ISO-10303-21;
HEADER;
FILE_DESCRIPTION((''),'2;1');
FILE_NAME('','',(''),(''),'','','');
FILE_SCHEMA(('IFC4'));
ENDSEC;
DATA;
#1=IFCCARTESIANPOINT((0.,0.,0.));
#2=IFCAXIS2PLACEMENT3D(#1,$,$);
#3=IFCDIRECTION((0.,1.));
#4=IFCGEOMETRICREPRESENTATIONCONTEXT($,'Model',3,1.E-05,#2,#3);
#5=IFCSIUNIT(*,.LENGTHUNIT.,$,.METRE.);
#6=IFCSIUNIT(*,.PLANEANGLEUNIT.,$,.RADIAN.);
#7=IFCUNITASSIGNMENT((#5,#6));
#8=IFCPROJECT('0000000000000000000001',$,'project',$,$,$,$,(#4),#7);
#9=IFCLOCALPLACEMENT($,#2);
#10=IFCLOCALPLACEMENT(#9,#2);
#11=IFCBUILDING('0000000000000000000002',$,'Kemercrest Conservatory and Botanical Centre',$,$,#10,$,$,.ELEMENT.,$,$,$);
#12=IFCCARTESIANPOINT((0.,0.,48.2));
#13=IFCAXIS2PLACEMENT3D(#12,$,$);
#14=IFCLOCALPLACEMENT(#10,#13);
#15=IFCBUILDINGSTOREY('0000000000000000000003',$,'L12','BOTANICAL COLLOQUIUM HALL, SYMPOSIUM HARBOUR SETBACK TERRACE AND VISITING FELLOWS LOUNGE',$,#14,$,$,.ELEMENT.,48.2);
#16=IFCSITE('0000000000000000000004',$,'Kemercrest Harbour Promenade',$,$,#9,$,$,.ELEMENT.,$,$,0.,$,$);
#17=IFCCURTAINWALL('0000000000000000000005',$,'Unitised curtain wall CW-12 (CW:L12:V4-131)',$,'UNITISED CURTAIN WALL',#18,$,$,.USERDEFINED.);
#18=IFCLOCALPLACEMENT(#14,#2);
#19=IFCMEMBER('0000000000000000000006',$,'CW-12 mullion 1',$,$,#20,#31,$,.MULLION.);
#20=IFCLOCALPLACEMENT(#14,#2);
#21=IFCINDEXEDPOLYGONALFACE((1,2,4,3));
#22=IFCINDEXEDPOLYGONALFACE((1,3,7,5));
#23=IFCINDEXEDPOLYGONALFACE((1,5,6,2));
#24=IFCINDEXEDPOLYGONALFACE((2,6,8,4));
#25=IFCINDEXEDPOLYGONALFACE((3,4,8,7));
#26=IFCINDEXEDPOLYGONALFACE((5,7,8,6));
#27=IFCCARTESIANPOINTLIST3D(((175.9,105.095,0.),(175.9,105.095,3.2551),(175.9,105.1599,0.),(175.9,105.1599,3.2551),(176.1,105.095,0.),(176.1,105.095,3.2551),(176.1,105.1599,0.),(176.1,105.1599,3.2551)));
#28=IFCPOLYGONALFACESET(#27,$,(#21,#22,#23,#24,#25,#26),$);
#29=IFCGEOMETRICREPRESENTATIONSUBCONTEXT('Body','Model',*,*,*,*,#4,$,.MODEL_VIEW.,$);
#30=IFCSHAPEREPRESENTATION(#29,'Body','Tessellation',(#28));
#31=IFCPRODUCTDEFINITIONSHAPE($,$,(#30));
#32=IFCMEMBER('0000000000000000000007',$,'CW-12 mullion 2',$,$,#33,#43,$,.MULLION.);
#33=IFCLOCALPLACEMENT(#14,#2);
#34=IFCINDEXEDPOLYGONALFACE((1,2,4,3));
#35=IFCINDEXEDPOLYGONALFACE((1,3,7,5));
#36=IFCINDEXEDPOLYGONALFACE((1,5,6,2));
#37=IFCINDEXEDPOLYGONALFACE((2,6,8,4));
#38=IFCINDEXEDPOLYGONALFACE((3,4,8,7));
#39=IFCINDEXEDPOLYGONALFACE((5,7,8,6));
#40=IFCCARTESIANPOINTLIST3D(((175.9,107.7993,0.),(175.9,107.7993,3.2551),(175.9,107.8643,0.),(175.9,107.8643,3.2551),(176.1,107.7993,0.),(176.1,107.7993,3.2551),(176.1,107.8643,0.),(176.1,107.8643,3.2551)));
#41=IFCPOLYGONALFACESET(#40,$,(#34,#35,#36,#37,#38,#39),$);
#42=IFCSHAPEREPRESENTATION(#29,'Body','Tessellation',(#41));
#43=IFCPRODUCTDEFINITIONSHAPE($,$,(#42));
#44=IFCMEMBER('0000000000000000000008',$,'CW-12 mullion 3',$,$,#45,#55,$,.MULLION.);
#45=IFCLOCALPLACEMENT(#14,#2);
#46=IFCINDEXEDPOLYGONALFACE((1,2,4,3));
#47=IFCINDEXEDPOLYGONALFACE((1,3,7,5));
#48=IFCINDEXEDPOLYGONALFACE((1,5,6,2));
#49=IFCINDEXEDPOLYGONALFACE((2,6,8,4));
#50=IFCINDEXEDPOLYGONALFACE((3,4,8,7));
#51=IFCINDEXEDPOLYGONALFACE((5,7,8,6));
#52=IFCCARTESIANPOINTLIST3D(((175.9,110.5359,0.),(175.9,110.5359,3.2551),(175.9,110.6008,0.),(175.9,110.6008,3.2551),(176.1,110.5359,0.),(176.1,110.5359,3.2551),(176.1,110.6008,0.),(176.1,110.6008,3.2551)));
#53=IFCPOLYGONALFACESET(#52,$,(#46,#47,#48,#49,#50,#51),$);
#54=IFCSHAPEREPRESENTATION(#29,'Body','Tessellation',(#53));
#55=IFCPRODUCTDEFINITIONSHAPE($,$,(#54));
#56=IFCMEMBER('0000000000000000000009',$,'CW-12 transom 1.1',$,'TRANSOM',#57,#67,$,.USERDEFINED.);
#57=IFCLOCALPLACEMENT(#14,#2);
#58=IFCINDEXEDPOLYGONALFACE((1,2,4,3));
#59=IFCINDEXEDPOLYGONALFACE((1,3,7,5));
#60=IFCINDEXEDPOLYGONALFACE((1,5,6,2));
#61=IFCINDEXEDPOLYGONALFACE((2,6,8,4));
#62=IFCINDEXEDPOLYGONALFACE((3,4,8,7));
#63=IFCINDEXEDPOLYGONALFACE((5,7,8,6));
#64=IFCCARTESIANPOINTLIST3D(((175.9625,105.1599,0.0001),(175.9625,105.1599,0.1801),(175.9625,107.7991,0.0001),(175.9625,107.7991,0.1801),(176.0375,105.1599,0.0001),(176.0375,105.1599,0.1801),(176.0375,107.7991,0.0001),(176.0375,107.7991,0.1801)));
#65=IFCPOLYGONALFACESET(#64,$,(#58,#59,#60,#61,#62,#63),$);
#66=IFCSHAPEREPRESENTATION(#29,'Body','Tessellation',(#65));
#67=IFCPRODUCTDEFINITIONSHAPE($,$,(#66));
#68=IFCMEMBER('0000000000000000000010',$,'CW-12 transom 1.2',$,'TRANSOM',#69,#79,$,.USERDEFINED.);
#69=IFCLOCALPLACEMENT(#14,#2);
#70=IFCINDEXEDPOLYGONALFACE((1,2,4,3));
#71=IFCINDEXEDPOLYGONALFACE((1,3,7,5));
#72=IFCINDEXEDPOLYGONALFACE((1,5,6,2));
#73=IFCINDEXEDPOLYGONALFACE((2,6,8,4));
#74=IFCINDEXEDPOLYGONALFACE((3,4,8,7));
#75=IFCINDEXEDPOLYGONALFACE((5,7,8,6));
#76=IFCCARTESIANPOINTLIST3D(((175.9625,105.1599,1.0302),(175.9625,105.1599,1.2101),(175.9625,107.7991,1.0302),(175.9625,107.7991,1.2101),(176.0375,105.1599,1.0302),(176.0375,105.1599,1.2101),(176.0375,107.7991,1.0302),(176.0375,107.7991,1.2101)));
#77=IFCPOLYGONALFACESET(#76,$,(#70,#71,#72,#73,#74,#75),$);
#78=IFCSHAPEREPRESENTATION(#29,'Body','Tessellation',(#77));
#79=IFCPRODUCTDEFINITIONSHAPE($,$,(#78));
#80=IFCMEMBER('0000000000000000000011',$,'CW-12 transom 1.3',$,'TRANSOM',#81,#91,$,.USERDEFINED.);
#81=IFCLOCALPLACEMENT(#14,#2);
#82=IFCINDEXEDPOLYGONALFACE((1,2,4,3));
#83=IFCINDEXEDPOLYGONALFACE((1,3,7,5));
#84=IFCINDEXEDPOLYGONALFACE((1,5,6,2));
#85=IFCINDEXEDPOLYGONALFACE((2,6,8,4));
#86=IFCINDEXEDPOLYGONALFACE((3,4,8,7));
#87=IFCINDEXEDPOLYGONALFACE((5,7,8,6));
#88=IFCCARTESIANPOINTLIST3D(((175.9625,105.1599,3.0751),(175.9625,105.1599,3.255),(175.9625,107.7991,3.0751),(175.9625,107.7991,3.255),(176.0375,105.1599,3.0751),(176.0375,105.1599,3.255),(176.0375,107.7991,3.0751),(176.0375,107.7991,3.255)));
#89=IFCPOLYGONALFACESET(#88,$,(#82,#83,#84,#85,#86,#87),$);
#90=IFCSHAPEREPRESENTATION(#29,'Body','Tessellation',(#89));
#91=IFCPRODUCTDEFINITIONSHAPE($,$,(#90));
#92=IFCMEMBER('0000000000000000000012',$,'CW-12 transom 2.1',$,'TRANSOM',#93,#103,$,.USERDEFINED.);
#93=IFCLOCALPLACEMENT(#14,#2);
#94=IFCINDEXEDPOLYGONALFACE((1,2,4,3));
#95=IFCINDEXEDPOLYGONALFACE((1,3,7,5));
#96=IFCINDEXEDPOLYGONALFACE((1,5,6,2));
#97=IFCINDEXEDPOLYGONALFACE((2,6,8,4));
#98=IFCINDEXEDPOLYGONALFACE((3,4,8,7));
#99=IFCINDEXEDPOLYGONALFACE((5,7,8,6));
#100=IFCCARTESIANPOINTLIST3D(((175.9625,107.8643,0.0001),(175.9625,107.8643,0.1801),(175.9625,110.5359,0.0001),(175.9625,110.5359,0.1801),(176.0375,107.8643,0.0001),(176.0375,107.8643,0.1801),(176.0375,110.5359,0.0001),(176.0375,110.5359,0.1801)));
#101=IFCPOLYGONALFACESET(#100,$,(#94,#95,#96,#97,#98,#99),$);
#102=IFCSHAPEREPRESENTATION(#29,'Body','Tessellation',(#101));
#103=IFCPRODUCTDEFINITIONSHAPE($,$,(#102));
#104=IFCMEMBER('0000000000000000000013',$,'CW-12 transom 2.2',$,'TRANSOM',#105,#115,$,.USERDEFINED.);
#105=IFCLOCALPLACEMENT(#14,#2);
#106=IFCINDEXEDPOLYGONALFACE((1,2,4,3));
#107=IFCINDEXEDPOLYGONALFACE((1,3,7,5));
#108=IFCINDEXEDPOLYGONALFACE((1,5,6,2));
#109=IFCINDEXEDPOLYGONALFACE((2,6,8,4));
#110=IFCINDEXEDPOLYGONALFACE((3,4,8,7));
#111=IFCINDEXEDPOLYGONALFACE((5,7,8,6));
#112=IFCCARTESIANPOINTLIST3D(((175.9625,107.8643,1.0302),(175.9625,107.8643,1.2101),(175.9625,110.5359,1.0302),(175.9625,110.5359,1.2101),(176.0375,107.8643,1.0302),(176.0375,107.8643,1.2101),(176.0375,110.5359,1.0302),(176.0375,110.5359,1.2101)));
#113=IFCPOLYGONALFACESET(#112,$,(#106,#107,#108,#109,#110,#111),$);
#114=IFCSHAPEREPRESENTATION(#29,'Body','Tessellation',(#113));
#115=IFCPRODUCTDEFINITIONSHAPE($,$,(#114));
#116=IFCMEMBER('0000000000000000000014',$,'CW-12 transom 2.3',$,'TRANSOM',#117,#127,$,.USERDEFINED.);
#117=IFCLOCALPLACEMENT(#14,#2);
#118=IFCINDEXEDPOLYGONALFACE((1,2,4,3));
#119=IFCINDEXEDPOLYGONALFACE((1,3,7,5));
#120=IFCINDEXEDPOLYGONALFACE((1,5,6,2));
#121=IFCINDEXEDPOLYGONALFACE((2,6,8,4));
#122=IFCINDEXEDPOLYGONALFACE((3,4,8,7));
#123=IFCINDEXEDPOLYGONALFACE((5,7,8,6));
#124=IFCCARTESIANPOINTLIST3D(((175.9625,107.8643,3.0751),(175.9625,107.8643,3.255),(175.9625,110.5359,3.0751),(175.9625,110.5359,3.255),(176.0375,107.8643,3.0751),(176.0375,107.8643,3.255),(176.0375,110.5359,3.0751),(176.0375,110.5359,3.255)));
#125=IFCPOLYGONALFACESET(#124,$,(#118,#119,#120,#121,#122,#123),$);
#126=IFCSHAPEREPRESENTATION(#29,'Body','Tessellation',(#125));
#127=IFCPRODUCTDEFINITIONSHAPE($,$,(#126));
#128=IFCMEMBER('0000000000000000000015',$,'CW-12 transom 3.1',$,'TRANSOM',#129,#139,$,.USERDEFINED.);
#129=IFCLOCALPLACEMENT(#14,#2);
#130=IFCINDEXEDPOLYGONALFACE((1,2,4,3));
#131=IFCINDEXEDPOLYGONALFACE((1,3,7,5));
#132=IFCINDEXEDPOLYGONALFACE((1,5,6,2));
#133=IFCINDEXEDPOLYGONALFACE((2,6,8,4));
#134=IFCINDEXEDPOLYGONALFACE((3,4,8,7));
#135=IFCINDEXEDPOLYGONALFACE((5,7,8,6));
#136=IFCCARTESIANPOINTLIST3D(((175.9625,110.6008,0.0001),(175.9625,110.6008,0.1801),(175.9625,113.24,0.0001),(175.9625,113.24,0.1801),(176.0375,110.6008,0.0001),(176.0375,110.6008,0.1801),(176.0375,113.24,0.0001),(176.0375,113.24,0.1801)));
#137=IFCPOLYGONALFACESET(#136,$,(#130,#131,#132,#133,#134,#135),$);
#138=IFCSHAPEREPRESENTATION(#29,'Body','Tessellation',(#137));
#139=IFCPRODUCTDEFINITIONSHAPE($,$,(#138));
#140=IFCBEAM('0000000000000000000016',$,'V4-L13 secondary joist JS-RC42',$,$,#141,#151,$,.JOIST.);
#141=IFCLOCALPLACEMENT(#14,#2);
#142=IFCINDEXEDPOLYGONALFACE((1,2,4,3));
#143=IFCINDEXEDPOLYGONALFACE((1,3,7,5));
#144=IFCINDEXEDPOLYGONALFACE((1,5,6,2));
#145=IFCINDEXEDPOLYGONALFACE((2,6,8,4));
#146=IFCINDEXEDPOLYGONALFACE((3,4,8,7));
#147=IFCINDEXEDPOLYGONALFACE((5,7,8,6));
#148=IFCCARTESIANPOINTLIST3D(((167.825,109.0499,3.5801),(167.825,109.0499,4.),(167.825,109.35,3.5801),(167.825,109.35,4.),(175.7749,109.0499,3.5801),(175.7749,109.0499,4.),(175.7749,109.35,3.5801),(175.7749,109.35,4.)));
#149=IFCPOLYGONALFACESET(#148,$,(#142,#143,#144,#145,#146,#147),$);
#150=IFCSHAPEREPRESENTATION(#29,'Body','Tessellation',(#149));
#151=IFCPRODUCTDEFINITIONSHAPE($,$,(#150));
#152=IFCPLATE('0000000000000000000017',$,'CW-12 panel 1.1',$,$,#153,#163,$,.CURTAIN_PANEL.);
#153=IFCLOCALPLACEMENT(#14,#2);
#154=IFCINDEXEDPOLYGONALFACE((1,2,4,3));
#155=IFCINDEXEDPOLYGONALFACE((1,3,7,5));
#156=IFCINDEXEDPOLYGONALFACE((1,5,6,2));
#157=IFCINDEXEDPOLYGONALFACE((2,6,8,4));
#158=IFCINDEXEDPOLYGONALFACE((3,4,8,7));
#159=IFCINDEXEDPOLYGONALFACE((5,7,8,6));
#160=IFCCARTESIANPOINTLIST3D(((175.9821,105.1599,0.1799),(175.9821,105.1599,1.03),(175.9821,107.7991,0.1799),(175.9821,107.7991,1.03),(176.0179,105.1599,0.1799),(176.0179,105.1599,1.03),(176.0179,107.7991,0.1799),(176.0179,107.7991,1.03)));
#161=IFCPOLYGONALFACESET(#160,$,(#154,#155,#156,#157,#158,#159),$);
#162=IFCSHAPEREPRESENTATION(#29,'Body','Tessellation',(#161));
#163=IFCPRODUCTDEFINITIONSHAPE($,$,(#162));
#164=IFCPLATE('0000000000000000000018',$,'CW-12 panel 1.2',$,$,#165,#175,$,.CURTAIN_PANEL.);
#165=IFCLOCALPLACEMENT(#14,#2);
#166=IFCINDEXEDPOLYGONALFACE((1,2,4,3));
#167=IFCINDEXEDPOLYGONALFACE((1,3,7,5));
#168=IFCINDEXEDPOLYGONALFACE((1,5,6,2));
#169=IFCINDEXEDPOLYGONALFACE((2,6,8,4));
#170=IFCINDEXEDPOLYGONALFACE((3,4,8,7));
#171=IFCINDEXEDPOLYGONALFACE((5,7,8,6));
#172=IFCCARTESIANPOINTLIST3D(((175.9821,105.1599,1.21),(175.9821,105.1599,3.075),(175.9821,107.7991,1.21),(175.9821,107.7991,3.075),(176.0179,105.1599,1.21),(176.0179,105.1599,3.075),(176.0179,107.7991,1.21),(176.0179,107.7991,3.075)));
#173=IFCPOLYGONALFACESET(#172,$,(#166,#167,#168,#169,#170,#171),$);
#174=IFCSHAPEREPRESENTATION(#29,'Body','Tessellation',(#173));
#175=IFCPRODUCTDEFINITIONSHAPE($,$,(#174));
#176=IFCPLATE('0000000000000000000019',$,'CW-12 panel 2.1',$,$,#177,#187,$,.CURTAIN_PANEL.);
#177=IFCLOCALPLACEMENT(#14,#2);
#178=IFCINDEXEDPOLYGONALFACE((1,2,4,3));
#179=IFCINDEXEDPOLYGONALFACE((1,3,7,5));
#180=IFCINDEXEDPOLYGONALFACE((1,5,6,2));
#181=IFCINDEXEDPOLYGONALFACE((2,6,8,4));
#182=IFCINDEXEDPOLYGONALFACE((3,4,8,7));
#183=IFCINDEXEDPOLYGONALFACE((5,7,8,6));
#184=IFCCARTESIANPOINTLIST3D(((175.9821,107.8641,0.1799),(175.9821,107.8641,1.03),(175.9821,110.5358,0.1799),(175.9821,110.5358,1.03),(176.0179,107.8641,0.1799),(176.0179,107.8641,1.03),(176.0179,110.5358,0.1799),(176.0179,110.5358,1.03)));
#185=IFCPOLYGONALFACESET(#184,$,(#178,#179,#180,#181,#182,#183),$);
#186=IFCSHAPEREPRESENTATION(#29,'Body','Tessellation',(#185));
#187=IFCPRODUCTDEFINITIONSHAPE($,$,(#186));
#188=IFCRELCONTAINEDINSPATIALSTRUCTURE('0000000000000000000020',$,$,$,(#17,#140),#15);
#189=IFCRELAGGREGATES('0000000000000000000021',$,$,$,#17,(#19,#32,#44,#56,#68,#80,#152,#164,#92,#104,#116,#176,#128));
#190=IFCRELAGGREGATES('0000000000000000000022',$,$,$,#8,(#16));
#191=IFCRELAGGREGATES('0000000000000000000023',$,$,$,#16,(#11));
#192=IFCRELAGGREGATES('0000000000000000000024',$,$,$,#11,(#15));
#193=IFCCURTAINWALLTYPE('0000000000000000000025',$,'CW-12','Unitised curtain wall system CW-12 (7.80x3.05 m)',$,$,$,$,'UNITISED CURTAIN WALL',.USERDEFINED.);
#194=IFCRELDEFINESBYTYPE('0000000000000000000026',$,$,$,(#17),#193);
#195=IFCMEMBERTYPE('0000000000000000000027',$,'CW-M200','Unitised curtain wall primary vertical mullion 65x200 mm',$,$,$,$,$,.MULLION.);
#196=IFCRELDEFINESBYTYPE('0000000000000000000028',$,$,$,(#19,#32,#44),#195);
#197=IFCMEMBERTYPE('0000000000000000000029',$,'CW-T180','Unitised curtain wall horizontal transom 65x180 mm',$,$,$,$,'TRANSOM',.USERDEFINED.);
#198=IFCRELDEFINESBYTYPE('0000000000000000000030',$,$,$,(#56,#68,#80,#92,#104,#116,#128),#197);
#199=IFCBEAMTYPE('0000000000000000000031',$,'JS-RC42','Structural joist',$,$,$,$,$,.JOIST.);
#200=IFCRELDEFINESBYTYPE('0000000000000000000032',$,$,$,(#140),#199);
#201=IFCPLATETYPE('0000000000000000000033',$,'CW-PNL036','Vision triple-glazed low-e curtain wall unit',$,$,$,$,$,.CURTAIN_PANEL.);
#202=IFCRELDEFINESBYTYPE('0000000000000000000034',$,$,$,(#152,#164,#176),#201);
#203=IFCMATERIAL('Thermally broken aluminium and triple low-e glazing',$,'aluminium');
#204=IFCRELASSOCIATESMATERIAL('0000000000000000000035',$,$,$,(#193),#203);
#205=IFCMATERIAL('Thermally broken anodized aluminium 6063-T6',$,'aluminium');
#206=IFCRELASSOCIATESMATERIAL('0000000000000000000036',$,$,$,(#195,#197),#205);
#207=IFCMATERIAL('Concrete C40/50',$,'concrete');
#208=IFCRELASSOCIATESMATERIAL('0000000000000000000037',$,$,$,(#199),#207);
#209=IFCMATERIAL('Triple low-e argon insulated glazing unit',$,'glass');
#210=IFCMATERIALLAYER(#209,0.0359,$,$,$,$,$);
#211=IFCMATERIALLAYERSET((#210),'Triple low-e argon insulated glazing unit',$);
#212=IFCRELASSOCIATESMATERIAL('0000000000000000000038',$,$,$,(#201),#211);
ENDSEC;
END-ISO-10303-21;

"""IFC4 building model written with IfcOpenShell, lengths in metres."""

from ifc_helpers import new_model, si_unit, direction, frame, origin, origin_2d, place, context, subcontext, project, spatial, rectangle, extrude, material, layer, layer_set, material_profile, profile_set, type_object, element, aggregate, save


model = new_model("IFC4")

# Units and contexts
model_context = context("Model", 3, precision=1e-05, world=origin(), true_north=direction((0.0, 1.0)))
body_context = subcontext(model_context, "Body", "Model", "MODEL_VIEW")
ifc_project = project(units=[si_unit("LENGTHUNIT", "METRE"), si_unit("PLANEANGLEUNIT", "RADIAN")], contexts=[model_context])

# Site, building, storey
site_placement = place(None, origin())
site = spatial("IfcSite", under=ifc_project, at=site_placement, Name="Kemercrest Harbour Promenade", CompositionType="ELEMENT", RefElevation=0.0)
building_placement = place(site_placement, origin())
building = spatial("IfcBuilding", under=site, at=building_placement, Name="Kemercrest Conservatory and Botanical Centre", CompositionType="ELEMENT")
storey_placement = place(building_placement, frame((0.0, 0.0, 48.2)))
storey = spatial("IfcBuildingStorey", under=building, at=storey_placement, Name="L12", Description="BOTANICAL COLLOQUIUM HALL, SYMPOSIUM HARBOUR SETBACK TERRACE AND VISITING FELLOWS LOUNGE", CompositionType="ELEMENT", Elevation=48.2)

# Curtain wall, members
ifc_material_1 = material(Name="Thermally broken aluminium and triple low-e glazing", Category="aluminium")
curtain_wall_type = type_object("IfcCurtainWallType", Name="CW-12", Description="Unitised curtain wall system CW-12 (7.80x3.05 m)", ElementType="UNITISED CURTAIN WALL", PredefinedType="USERDEFINED", material=ifc_material_1)
curtain_wall_placement = place(storey_placement, origin())
curtain_wall = element("IfcCurtainWall", 1, at=curtain_wall_placement, inside=storey, type_object=curtain_wall_type, Name="Unitised curtain wall CW-12 (CW:L12:V4-131)", ObjectType="UNITISED CURTAIN WALL", PredefinedType="USERDEFINED")
ifc_material_2 = material(Name="Thermally broken anodized aluminium 6063-T6", Category="aluminium")
ifc_material_profile_1 = material_profile(ifc_material_2, rectangle(XDim=0.2, YDim=0.0649, at=origin_2d()), Name="AL MULLION 65x200")
ifc_profile_set_1 = profile_set([ifc_material_profile_1], Name="Thermally broken anodized aluminium 6063-T6")
member_type_1 = type_object("IfcMemberType", Name="CW-M200", Description="Unitised curtain wall primary vertical mullion 65x200 mm", PredefinedType="MULLION", material=ifc_profile_set_1)
member_1_placement = place(storey_placement, frame((176.0, 105.1274, 0.0), z_axis=(0.0, 0.0, 1.0), x_axis=(-1.0, 0.0, 0.0)))
member_1 = element("IfcMember", 2, at=member_1_placement, type_object=member_type_1, Name="CW-12 mullion 1", PredefinedType="MULLION", context=body_context, shape_type="SweptSolid", body=[
    extrude(rectangle(XDim=0.2, YDim=0.0649, at=origin_2d()), origin(), (0.0, 0.0, 1.0), 3.2551),
])
member_2_placement = place(storey_placement, frame((176.0, 107.8318, 0.0), z_axis=(0.0, 0.0, 1.0), x_axis=(-1.0, 0.0, 0.0)))
member_2 = element("IfcMember", 3, at=member_2_placement, type_object=member_type_1, Name="CW-12 mullion 2", PredefinedType="MULLION", context=body_context, shape_type="SweptSolid", body=[
    extrude(rectangle(XDim=0.2, YDim=0.0649, at=origin_2d()), origin(), (0.0, 0.0, 1.0), 3.2551),
])
member_3_placement = place(storey_placement, frame((176.0, 110.5684, 0.0), z_axis=(0.0, 0.0, 1.0), x_axis=(-1.0, 0.0, 0.0)))
member_3 = element("IfcMember", 4, at=member_3_placement, type_object=member_type_1, Name="CW-12 mullion 3", PredefinedType="MULLION", context=body_context, shape_type="SweptSolid", body=[
    extrude(rectangle(XDim=0.2, YDim=0.0649, at=origin_2d()), origin(), (0.0, 0.0, 1.0), 3.2551),
])
ifc_material_profile_2 = material_profile(ifc_material_2, rectangle(XDim=0.075, YDim=0.1799, at=origin_2d()), Name="AL TRANSOM 75x180")
ifc_profile_set_2 = profile_set([ifc_material_profile_2], Name="Thermally broken anodized aluminium 6063-T6")
member_type_2 = type_object("IfcMemberType", Name="CW-T180", Description="Unitised curtain wall horizontal transom 65x180 mm", ElementType="TRANSOM", PredefinedType="USERDEFINED", material=ifc_profile_set_2)
member_4_placement = place(storey_placement, frame((176.0, 105.1599, 0.0901), z_axis=(0.0, 1.0, 0.0), x_axis=(-1.0, 0.0, 0.0)))
member_4 = element("IfcMember", 5, at=member_4_placement, type_object=member_type_2, Name="CW-12 transom 1.1", ObjectType="TRANSOM", PredefinedType="USERDEFINED", context=body_context, shape_type="SweptSolid", body=[
    extrude(rectangle(XDim=0.075, YDim=0.1799, at=origin_2d()), origin(), (0.0, 0.0, 1.0), 2.6392),
])
member_5_placement = place(storey_placement, frame((176.0, 105.1599, 1.1201), z_axis=(0.0, 1.0, 0.0), x_axis=(-1.0, 0.0, 0.0)))
member_5 = element("IfcMember", 6, at=member_5_placement, type_object=member_type_2, Name="CW-12 transom 1.2", ObjectType="TRANSOM", PredefinedType="USERDEFINED", context=body_context, shape_type="SweptSolid", body=[
    extrude(rectangle(XDim=0.075, YDim=0.1799, at=origin_2d()), origin(), (0.0, 0.0, 1.0), 2.6392),
])
member_6_placement = place(storey_placement, frame((176.0, 105.1599, 3.165), z_axis=(0.0, 1.0, 0.0), x_axis=(-1.0, 0.0, 0.0)))
member_6 = element("IfcMember", 7, at=member_6_placement, type_object=member_type_2, Name="CW-12 transom 1.3", ObjectType="TRANSOM", PredefinedType="USERDEFINED", context=body_context, shape_type="SweptSolid", body=[
    extrude(rectangle(XDim=0.075, YDim=0.1799, at=origin_2d()), origin(), (0.0, 0.0, 1.0), 2.6392),
])
member_7_placement = place(storey_placement, frame((176.0, 107.8643, 0.0901), z_axis=(0.0, 1.0, 0.0), x_axis=(-1.0, 0.0, 0.0)))
member_7 = element("IfcMember", 8, at=member_7_placement, type_object=member_type_2, Name="CW-12 transom 2.1", ObjectType="TRANSOM", PredefinedType="USERDEFINED", context=body_context, shape_type="SweptSolid", body=[
    extrude(rectangle(XDim=0.075, YDim=0.1799, at=origin_2d()), origin(), (0.0, 0.0, 1.0), 2.6716),
])
member_8_placement = place(storey_placement, frame((176.0, 107.8643, 1.1201), z_axis=(0.0, 1.0, 0.0), x_axis=(-1.0, 0.0, 0.0)))
member_8 = element("IfcMember", 9, at=member_8_placement, type_object=member_type_2, Name="CW-12 transom 2.2", ObjectType="TRANSOM", PredefinedType="USERDEFINED", context=body_context, shape_type="SweptSolid", body=[
    extrude(rectangle(XDim=0.075, YDim=0.1799, at=origin_2d()), origin(), (0.0, 0.0, 1.0), 2.6716),
])
member_9_placement = place(storey_placement, frame((176.0, 107.8643, 3.165), z_axis=(0.0, 1.0, 0.0), x_axis=(-1.0, 0.0, 0.0)))
member_9 = element("IfcMember", 10, at=member_9_placement, type_object=member_type_2, Name="CW-12 transom 2.3", ObjectType="TRANSOM", PredefinedType="USERDEFINED", context=body_context, shape_type="SweptSolid", body=[
    extrude(rectangle(XDim=0.075, YDim=0.1799, at=origin_2d()), origin(), (0.0, 0.0, 1.0), 2.6716),
])
member_10_placement = place(storey_placement, frame((176.0, 110.6008, 0.0901), z_axis=(0.0, 1.0, 0.0), x_axis=(-1.0, 0.0, 0.0)))
member_10 = element("IfcMember", 11, at=member_10_placement, type_object=member_type_2, Name="CW-12 transom 3.1", ObjectType="TRANSOM", PredefinedType="USERDEFINED", context=body_context, shape_type="SweptSolid", body=[
    extrude(rectangle(XDim=0.075, YDim=0.1799, at=origin_2d()), origin(), (0.0, 0.0, 1.0), 2.6392),
])

# Beam
ifc_material_3 = material(Name="Concrete C40/50", Category="concrete")
ifc_material_profile_3 = material_profile(ifc_material_3, rectangle(XDim=0.3, YDim=0.4199, at=origin_2d()), Name="RC 300x420")
ifc_profile_set_3 = profile_set([ifc_material_profile_3], Name="Concrete C40/50")
beam_type = type_object("IfcBeamType", Name="JS-RC42", Description="Structural joist", PredefinedType="JOIST", material=ifc_profile_set_3)
beam_placement = place(storey_placement, frame((167.825, 109.2, 3.79), z_axis=(1.0, 0.0, 0.0), x_axis=(0.0, 1.0, 0.0)))
element("IfcBeam", 12, at=beam_placement, inside=storey, type_object=beam_type, Name="V4-L13 secondary joist JS-RC42", PredefinedType="JOIST", context=body_context, shape_type="SweptSolid", body=[
    extrude(rectangle(XDim=0.3, YDim=0.4199, at=origin_2d()), origin(), (0.0, 0.0, 1.0), 7.95),
])

# Plates
ifc_material_4 = material(Name="Triple low-e argon insulated glazing unit", Category="glass")
ifc_layer_1 = layer(ifc_material_4, 0.0359)
ifc_layer_set_1 = layer_set([ifc_layer_1], Name="Triple low-e argon insulated glazing unit")
plate_type = type_object("IfcPlateType", Name="CW-PNL036", Description="Vision triple-glazed low-e curtain wall unit", PredefinedType="CURTAIN_PANEL", material=ifc_layer_set_1)
plate_1_placement = place(storey_placement, frame((176.0, 106.4795, 0.1799), z_axis=(0.0, 0.0, 1.0), x_axis=(0.0, 1.0, 0.0)))
plate_1 = element("IfcPlate", 13, at=plate_1_placement, type_object=plate_type, Name="CW-12 panel 1.1", PredefinedType="CURTAIN_PANEL", context=body_context, shape_type="SweptSolid", body=[
    extrude(rectangle(XDim=2.6392, YDim=0.0359, at=origin_2d()), origin(), (0.0, 0.0, 1.0), 0.8501),
])
plate_2_placement = place(storey_placement, frame((176.0, 106.4795, 1.21), z_axis=(0.0, 0.0, 1.0), x_axis=(0.0, 1.0, 0.0)))
plate_2 = element("IfcPlate", 14, at=plate_2_placement, type_object=plate_type, Name="CW-12 panel 1.2", PredefinedType="CURTAIN_PANEL", context=body_context, shape_type="SweptSolid", body=[
    extrude(rectangle(XDim=2.6392, YDim=0.0359, at=origin_2d()), origin(), (0.0, 0.0, 1.0), 1.865),
])
plate_3_placement = place(storey_placement, frame((176.0, 109.2, 0.1799), z_axis=(0.0, 0.0, 1.0), x_axis=(0.0, 1.0, 0.0)))
plate_3 = element("IfcPlate", 15, at=plate_3_placement, type_object=plate_type, Name="CW-12 panel 2.1", PredefinedType="CURTAIN_PANEL", context=body_context, shape_type="SweptSolid", body=[
    extrude(rectangle(XDim=2.6716, YDim=0.0359, at=origin_2d()), origin(), (0.0, 0.0, 1.0), 0.8501),
])
aggregate(curtain_wall, [member_1, member_2, member_3, member_4, member_5, member_6, plate_1, plate_2, member_7, member_8, member_9, plate_3, member_10])

save(model, "model.ifc")
